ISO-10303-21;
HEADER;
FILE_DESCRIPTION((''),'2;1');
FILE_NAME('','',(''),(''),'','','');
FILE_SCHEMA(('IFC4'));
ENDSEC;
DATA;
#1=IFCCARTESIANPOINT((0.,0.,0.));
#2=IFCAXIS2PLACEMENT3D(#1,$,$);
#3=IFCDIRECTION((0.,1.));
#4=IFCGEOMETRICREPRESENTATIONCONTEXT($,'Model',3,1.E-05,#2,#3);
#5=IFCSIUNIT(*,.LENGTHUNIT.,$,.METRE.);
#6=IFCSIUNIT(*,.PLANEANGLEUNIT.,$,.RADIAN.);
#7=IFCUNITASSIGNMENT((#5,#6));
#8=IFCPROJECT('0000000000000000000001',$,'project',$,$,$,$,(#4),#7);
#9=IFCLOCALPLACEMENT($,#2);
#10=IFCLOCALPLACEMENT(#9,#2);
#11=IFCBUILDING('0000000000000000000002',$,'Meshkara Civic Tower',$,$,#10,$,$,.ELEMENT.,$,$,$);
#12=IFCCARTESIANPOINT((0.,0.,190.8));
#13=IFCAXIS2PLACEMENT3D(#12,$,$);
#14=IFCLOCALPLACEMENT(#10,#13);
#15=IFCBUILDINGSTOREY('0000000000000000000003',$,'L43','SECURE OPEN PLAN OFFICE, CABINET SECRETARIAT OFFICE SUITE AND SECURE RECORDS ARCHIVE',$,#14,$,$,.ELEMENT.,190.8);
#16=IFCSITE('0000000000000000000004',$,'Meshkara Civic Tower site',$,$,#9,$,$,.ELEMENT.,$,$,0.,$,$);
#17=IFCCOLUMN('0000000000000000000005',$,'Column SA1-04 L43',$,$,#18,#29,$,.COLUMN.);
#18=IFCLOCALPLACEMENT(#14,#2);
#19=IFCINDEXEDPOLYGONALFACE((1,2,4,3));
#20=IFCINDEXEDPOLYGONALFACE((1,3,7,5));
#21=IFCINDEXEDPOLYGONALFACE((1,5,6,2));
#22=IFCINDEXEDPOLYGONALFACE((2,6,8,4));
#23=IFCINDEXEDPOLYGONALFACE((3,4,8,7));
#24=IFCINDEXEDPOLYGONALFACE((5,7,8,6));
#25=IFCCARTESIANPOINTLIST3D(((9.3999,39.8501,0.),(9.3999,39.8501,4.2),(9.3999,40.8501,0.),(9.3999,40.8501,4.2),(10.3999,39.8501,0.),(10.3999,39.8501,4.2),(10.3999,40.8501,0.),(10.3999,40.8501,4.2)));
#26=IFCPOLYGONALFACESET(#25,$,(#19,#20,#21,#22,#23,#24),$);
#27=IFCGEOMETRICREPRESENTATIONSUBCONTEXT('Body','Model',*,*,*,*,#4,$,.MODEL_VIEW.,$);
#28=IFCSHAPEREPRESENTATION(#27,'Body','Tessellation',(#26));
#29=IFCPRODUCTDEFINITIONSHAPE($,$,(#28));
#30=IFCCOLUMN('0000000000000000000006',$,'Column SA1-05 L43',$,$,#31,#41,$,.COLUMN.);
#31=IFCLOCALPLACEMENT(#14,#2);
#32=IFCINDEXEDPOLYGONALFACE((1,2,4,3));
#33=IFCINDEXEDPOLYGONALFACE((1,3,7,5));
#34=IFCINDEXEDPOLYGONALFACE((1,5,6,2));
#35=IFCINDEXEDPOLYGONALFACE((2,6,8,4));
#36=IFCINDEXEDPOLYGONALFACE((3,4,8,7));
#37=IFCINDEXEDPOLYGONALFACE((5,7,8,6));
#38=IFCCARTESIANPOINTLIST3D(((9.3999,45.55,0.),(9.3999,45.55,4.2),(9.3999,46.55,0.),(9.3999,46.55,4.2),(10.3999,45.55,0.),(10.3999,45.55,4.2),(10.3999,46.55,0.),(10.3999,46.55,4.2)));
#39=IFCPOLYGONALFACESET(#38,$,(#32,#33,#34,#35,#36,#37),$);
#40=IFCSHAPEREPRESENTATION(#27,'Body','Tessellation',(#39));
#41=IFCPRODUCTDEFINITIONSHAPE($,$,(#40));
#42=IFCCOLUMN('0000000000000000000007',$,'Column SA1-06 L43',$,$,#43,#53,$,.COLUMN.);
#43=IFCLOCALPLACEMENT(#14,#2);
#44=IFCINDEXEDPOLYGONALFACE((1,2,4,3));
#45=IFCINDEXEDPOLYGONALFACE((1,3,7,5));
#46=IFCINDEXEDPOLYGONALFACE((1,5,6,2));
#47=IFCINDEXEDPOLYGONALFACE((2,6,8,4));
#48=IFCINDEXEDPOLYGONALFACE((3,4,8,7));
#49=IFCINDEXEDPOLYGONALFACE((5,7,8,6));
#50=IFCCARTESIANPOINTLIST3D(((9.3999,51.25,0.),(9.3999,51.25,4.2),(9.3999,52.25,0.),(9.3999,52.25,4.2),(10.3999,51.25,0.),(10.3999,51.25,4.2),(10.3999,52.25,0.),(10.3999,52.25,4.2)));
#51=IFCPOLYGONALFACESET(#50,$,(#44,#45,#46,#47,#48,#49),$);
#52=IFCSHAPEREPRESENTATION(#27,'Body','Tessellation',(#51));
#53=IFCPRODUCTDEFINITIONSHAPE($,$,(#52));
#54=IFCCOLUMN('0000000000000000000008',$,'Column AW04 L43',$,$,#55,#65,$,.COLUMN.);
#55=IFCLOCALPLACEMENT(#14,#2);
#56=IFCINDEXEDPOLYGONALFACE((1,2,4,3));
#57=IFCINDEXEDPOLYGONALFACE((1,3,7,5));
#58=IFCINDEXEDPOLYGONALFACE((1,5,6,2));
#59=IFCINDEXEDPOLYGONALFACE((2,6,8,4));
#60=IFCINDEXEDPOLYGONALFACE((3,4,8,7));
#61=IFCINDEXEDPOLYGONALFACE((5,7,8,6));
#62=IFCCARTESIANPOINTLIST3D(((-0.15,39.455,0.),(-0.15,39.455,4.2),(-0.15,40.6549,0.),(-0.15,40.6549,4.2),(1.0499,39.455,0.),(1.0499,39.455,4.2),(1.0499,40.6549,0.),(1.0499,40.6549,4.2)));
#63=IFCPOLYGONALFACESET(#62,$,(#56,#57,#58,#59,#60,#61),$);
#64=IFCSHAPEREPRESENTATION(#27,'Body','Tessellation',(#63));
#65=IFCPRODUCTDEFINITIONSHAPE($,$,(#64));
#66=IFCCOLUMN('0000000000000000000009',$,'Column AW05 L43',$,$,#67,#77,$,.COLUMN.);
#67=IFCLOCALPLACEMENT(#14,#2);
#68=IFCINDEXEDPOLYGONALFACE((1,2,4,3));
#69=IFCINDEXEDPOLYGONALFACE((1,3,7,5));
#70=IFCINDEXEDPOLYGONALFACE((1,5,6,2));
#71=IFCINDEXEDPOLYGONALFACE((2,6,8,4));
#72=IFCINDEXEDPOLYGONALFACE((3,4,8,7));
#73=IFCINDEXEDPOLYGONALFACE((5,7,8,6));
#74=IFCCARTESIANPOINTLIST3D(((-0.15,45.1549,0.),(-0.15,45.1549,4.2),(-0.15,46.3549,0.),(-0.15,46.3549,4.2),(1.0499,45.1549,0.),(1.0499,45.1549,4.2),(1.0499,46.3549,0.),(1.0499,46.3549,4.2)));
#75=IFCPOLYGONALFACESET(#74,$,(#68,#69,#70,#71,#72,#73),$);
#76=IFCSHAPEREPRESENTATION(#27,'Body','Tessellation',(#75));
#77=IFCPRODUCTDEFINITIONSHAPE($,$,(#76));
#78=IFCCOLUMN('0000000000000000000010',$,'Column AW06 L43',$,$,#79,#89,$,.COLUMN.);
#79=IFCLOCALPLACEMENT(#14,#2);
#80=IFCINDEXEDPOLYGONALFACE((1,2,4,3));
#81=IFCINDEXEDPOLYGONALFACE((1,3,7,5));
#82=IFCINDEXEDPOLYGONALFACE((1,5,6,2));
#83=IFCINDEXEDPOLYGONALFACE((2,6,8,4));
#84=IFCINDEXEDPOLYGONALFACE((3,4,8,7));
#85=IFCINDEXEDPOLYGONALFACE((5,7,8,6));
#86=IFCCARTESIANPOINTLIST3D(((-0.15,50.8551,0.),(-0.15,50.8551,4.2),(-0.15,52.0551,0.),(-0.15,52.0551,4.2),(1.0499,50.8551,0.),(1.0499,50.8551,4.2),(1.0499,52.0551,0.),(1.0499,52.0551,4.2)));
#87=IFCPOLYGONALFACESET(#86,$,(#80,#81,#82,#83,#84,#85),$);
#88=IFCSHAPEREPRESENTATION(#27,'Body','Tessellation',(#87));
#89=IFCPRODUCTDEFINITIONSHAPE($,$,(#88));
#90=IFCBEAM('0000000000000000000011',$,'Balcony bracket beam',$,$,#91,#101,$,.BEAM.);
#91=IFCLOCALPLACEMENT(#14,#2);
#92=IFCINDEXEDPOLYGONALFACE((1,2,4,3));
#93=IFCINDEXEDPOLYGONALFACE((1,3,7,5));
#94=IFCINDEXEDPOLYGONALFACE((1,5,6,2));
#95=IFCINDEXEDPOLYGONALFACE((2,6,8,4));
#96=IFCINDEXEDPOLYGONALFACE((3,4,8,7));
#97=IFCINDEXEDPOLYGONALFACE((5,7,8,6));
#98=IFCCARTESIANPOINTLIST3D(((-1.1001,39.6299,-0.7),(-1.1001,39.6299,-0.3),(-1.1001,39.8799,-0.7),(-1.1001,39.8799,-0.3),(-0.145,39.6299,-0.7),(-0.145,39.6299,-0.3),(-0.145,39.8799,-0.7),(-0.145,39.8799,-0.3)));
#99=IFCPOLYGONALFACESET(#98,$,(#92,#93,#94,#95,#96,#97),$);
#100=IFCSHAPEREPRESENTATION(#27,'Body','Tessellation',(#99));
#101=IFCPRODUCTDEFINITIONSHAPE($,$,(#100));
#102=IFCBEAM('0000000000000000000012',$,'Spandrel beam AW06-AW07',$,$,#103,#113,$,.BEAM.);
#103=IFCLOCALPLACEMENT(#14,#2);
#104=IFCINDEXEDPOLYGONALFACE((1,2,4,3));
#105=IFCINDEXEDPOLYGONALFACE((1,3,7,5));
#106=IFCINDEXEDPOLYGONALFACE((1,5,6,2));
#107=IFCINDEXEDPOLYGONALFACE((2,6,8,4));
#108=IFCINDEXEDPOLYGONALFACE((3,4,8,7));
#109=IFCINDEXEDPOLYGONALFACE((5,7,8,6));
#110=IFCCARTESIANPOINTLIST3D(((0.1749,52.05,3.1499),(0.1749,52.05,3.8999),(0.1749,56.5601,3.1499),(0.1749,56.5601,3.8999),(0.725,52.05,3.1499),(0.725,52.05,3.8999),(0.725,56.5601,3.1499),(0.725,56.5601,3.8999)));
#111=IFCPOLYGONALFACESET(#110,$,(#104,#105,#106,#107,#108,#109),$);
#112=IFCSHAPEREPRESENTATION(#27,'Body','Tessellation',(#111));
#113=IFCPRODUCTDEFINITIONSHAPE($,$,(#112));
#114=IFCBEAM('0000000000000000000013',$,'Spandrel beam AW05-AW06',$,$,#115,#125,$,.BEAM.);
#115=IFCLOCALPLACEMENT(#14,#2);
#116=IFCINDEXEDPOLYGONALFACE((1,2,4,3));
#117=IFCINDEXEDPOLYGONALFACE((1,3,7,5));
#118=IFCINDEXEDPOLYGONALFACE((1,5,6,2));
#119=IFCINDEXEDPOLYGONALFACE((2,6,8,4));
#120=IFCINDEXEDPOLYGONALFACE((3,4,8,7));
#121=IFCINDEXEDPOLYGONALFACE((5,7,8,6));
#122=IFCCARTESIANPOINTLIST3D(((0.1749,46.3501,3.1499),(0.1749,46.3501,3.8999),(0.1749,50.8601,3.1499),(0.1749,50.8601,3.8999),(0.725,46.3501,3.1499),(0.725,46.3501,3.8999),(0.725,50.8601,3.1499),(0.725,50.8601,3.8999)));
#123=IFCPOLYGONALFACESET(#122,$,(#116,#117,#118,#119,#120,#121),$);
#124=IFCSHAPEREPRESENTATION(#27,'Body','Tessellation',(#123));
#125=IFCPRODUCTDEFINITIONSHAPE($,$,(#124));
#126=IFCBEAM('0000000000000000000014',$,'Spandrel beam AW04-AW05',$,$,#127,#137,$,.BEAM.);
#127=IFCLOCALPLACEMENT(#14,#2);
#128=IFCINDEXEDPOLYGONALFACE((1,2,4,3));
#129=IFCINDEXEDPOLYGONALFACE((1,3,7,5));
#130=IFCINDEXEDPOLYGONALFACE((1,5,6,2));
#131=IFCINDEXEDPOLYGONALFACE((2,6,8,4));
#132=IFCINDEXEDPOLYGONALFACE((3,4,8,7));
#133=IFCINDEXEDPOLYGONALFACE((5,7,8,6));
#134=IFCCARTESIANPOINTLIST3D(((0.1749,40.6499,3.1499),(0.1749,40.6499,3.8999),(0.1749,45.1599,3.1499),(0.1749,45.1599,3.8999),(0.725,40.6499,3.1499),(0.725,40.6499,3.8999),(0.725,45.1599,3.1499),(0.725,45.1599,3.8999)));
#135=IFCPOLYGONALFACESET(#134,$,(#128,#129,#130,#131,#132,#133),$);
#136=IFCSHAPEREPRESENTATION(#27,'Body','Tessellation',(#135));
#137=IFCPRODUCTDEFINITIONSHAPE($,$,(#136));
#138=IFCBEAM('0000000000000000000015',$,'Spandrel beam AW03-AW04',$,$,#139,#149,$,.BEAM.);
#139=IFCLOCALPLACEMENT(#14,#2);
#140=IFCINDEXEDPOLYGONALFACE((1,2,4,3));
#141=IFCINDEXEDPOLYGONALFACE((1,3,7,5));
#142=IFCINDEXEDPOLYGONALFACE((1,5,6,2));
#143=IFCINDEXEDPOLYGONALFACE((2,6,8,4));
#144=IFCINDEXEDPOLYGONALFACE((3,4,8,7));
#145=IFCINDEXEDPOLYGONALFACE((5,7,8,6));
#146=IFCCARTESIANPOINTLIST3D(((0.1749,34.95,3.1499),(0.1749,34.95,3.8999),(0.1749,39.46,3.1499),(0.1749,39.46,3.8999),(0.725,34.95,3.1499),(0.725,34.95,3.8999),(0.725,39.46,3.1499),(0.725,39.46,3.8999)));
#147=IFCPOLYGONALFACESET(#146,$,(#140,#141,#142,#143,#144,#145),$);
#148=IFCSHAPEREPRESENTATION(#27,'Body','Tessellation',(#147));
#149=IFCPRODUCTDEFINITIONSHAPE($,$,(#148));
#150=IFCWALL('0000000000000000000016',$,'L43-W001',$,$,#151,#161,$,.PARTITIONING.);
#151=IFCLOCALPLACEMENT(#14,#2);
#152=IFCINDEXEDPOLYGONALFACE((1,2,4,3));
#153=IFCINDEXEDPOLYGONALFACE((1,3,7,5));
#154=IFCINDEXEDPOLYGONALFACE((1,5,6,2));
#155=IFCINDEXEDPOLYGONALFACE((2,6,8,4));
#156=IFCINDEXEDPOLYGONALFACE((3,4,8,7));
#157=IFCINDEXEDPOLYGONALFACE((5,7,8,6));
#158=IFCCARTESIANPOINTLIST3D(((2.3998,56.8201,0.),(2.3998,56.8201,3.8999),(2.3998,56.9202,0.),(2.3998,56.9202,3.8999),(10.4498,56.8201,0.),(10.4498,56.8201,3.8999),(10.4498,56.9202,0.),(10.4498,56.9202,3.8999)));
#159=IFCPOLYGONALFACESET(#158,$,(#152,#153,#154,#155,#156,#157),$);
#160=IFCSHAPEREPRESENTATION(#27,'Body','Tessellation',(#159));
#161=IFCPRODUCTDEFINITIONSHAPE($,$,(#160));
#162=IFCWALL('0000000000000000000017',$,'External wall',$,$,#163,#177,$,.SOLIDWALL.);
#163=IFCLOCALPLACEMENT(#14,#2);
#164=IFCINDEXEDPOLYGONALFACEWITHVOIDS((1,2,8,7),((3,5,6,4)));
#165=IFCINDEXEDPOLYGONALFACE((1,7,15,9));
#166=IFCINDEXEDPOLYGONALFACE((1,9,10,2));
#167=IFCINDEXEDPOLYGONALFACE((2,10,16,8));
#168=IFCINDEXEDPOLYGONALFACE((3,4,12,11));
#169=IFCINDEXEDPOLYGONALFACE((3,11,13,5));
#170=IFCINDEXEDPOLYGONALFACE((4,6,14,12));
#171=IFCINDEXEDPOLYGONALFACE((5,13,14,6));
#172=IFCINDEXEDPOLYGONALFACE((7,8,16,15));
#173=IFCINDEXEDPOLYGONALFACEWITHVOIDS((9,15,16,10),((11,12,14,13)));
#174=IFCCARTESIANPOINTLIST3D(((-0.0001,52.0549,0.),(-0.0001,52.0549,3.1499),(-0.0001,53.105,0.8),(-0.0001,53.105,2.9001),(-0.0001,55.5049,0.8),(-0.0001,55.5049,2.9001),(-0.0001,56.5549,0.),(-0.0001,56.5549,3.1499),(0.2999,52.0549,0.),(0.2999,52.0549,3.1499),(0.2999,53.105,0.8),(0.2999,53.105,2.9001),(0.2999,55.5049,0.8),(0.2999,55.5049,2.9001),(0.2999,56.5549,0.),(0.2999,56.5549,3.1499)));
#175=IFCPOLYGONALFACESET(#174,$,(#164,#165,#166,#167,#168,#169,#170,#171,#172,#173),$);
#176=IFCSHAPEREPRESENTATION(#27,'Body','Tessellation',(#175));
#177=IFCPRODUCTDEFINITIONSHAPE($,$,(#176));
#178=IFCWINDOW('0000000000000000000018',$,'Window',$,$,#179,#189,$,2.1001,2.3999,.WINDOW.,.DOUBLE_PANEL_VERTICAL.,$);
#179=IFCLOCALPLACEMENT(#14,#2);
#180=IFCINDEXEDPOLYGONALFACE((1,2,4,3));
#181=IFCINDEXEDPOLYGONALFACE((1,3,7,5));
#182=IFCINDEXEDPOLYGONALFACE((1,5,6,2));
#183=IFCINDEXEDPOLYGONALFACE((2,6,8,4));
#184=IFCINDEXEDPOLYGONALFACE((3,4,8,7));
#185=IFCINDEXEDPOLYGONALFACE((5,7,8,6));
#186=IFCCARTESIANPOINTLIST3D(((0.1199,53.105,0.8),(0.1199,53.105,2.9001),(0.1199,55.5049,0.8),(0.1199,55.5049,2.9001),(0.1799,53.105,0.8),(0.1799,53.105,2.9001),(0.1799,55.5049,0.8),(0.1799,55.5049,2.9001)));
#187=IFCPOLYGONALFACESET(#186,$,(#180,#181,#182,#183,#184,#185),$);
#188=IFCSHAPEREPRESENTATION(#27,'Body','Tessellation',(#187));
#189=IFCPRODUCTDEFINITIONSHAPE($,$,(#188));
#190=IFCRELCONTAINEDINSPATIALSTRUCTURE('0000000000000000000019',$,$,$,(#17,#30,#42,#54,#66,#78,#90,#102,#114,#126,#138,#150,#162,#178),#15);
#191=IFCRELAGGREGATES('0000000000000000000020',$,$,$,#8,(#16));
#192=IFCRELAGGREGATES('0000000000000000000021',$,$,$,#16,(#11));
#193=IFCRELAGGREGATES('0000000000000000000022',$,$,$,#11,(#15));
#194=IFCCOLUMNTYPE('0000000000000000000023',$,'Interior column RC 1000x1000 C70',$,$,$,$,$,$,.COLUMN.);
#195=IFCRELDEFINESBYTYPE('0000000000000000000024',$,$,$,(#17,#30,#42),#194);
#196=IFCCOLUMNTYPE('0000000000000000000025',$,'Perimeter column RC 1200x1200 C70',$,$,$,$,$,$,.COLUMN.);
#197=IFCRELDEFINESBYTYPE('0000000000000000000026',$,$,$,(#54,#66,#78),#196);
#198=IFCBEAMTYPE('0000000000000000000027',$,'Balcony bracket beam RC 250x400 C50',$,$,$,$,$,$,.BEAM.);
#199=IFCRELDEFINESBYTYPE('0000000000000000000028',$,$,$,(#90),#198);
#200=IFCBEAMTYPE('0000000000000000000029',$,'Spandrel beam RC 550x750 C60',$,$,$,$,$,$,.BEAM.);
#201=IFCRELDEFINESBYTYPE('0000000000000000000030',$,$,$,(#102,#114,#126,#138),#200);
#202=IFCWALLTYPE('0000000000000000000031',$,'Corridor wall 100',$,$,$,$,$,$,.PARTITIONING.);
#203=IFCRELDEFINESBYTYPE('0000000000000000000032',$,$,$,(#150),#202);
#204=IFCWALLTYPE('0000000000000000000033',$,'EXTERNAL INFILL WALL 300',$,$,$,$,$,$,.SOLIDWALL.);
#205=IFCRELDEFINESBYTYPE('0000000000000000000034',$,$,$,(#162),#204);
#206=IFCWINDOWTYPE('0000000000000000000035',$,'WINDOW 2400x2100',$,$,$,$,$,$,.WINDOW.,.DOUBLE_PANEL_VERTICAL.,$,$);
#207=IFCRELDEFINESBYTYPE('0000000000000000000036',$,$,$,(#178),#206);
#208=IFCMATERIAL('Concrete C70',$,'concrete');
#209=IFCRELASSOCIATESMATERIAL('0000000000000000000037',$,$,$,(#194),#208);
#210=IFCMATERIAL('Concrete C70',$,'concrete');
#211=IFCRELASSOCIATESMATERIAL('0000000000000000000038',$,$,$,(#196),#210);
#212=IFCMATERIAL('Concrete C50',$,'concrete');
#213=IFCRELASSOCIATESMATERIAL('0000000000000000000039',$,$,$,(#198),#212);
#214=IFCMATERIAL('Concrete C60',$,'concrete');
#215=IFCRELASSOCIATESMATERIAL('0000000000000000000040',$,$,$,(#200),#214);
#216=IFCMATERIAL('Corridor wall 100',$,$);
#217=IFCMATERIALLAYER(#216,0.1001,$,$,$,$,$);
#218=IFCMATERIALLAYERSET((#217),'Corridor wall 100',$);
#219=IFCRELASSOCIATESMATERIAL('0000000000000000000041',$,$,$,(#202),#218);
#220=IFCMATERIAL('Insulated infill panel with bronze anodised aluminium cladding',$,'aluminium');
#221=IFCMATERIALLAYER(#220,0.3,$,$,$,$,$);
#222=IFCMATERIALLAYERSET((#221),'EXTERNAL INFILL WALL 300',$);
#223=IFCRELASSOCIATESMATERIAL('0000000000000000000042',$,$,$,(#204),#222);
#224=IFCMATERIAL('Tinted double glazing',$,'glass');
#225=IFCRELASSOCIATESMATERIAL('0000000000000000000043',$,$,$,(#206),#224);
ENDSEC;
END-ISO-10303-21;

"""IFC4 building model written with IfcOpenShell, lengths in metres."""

from ifc_helpers import new_model, si_unit, direction, frame, frame_2d, origin, origin_2d, place, context, subcontext, project, spatial, rectangle, extrude, material, layer, layer_set, material_profile, profile_set, type_object, element, fill, save


model = new_model("IFC4")

# Units and contexts
model_context = context("Model", 3, precision=1e-05, world=origin(), true_north=direction((0.0, 1.0)))
body_context = subcontext(model_context, "Body", "Model", "MODEL_VIEW")
ifc_project = project(units=[si_unit("LENGTHUNIT", "METRE"), si_unit("PLANEANGLEUNIT", "RADIAN")], contexts=[model_context])

# Site, building, storey
site_placement = place(None, origin())
site = spatial("IfcSite", under=ifc_project, at=site_placement, Name="Meshkara Civic Tower site", CompositionType="ELEMENT", RefElevation=0.0)
building_placement = place(site_placement, origin())
building = spatial("IfcBuilding", under=site, at=building_placement, Name="Meshkara Civic Tower", CompositionType="ELEMENT")
storey_placement = place(building_placement, frame((0.0, 0.0, 190.8)))
storey = spatial("IfcBuildingStorey", under=building, at=storey_placement, Name="L43", Description="SECURE OPEN PLAN OFFICE, CABINET SECRETARIAT OFFICE SUITE AND SECURE RECORDS ARCHIVE", CompositionType="ELEMENT", Elevation=190.8)

# Columns
ifc_material_1 = material(Name="Concrete C70", Category="concrete")
ifc_material_profile_1 = material_profile(ifc_material_1, rectangle(XDim=1.0, YDim=1.0, at=origin_2d()))
ifc_profile_set_1 = profile_set([ifc_material_profile_1], Name="Concrete C70")
column_type_1 = type_object("IfcColumnType", Name="Interior column RC 1000x1000 C70", PredefinedType="COLUMN", material=ifc_profile_set_1)
for number, where, z_axis, x_axis, name in (
    (1, (9.8999, 40.3501, 0.0), (0.0, 0.0, 1.0), (1.0, 0.0, 0.0), "Column SA1-04 L43"),
    (2, (9.8999, 46.05, 0.0), (0.0, 0.0, 1.0), (1.0, 0.0, 0.0), "Column SA1-05 L43"),
    (3, (9.8999, 51.75, 0.0), (0.0, 0.0, 1.0), (1.0, 0.0, 0.0), "Column SA1-06 L43"),
):
    element("IfcColumn", number, at=place(storey_placement, frame(where, z_axis=z_axis, x_axis=x_axis)), inside=storey, type_object=column_type_1, Name=name, PredefinedType="COLUMN", context=body_context, shape_type="SweptSolid", body=[
        extrude(rectangle(XDim=1.0, YDim=1.0, at=origin_2d()), origin(), (0.0, 0.0, 1.0), 4.2),
    ])
ifc_material_2 = material(Name="Concrete C70", Category="concrete")
ifc_material_profile_2 = material_profile(ifc_material_2, rectangle(XDim=1.2, YDim=1.2, at=origin_2d()))
ifc_profile_set_2 = profile_set([ifc_material_profile_2], Name="Concrete C70")
column_type_2 = type_object("IfcColumnType", Name="Perimeter column RC 1200x1200 C70", PredefinedType="COLUMN", material=ifc_profile_set_2)
for number, where, z_axis, x_axis, name in (
    (4, (0.45, 40.0549, 0.0), (0.0, 0.0, 1.0), (1.0, 0.0, 0.0), "Column AW04 L43"),
    (5, (0.45, 45.7549, 0.0), (0.0, 0.0, 1.0), (1.0, 0.0, 0.0), "Column AW05 L43"),
    (6, (0.45, 51.4551, 0.0), (0.0, 0.0, 1.0), (1.0, 0.0, 0.0), "Column AW06 L43"),
):
    element("IfcColumn", number, at=place(storey_placement, frame(where, z_axis=z_axis, x_axis=x_axis)), inside=storey, type_object=column_type_2, Name=name, PredefinedType="COLUMN", context=body_context, shape_type="SweptSolid", body=[
        extrude(rectangle(XDim=1.2, YDim=1.2, at=origin_2d()), origin(), (0.0, 0.0, 1.0), 4.2),
    ])

# Beams
ifc_material_3 = material(Name="Concrete C50", Category="concrete")
ifc_material_profile_3 = material_profile(ifc_material_3, rectangle(XDim=0.25, YDim=0.3999, at=origin_2d()))
ifc_profile_set_3 = profile_set([ifc_material_profile_3], Name="Concrete C50")
beam_type_1 = type_object("IfcBeamType", Name="Balcony bracket beam RC 250x400 C50", PredefinedType="BEAM", material=ifc_profile_set_3)
beam_placement = place(storey_placement, frame((-0.145, 39.7549, -0.5), z_axis=(-1.0, 0.0, 0.0), x_axis=(0.0, -1.0, 0.0)))
element("IfcBeam", 7, at=beam_placement, inside=storey, type_object=beam_type_1, Name="Balcony bracket beam", PredefinedType="BEAM", context=body_context, shape_type="SweptSolid", body=[
    extrude(rectangle(XDim=0.25, YDim=0.3999, at=origin_2d()), origin(), (0.0, 0.0, 1.0), 0.9551),
])
ifc_material_4 = material(Name="Concrete C60", Category="concrete")
ifc_material_profile_4 = material_profile(ifc_material_4, rectangle(XDim=0.55, YDim=0.75, at=origin_2d()))
ifc_profile_set_4 = profile_set([ifc_material_profile_4], Name="Concrete C60")
beam_type_2 = type_object("IfcBeamType", Name="Spandrel beam RC 550x750 C60", PredefinedType="BEAM", material=ifc_profile_set_4)
for number, where, z_axis, x_axis, name in (
    (8, (0.45, 56.5601, 3.5249), (0.0, -1.0, 0.0), (1.0, 0.0, 0.0), "Spandrel beam AW06-AW07"),
    (9, (0.45, 50.8601, 3.5249), (0.0, -1.0, 0.0), (1.0, 0.0, 0.0), "Spandrel beam AW05-AW06"),
    (10, (0.45, 45.1599, 3.5249), (0.0, -1.0, 0.0), (1.0, 0.0, 0.0), "Spandrel beam AW04-AW05"),
    (11, (0.45, 39.46, 3.5249), (0.0, -1.0, 0.0), (1.0, 0.0, 0.0), "Spandrel beam AW03-AW04"),
):
    element("IfcBeam", number, at=place(storey_placement, frame(where, z_axis=z_axis, x_axis=x_axis)), inside=storey, type_object=beam_type_2, Name=name, PredefinedType="BEAM", context=body_context, shape_type="SweptSolid", body=[
        extrude(rectangle(XDim=0.55, YDim=0.75, at=origin_2d()), origin(), (0.0, 0.0, 1.0), 4.51),
    ])

# Wall
ifc_material_5 = material(Name="Corridor wall 100")
ifc_layer_1 = layer(ifc_material_5, 0.1001)
ifc_layer_set_1 = layer_set([ifc_layer_1], Name="Corridor wall 100")
wall_type_1 = type_object("IfcWallType", Name="Corridor wall 100", PredefinedType="PARTITIONING", material=ifc_layer_set_1)
wall_1_placement = place(storey_placement, frame((2.3999, 56.8701, 0.0), z_axis=(0.0, 0.0, 1.0), x_axis=(1.0, 0.0, 0.0)))
element("IfcWall", 12, at=wall_1_placement, inside=storey, type_object=wall_type_1, Name="L43-W001", PredefinedType="PARTITIONING", context=body_context, shape_type="SweptSolid", body=[
    extrude(rectangle(XDim=8.05, YDim=0.1001, at=frame_2d((4.0249, 0.0))), origin(), (0.0, 0.0, 1.0), 3.8999),
])

# Wall, opening, window
ifc_material_6 = material(Name="Insulated infill panel with bronze anodised aluminium cladding", Category="aluminium")
ifc_layer_2 = layer(ifc_material_6, 0.3)
ifc_layer_set_2 = layer_set([ifc_layer_2], Name="EXTERNAL INFILL WALL 300")
wall_type_2 = type_object("IfcWallType", Name="EXTERNAL INFILL WALL 300", PredefinedType="SOLIDWALL", material=ifc_layer_set_2)
wall_2_placement = place(storey_placement, frame((0.1499, 56.5549, 0.0), z_axis=(0.0, 0.0, 1.0), x_axis=(0.0, -1.0, 0.0)))
wall_2 = element("IfcWall", 13, at=wall_2_placement, inside=storey, type_object=wall_type_2, Name="External wall", PredefinedType="SOLIDWALL", context=body_context, shape_type="SweptSolid", body=[
    extrude(rectangle(XDim=4.5, YDim=0.3, at=frame_2d((2.25, 0.0))), origin(), (0.0, 0.0, 1.0), 3.1499),
])
opening_1_placement = place(wall_2_placement, frame((1.05, 0.0, 0.8)))
opening_1 = element("IfcOpeningElement", 14, at=opening_1_placement, cuts=wall_2, PredefinedType="OPENING", context=body_context, shape_type="SweptSolid", body=[
    extrude(rectangle(XDim=2.3999, YDim=2.1001, at=frame_2d((1.2, 1.05))), frame((0.0, 0.1599, 0.0), z_axis=(0.0, -1.0, 0.0), x_axis=(1.0, 0.0, 0.0)), (0.0, 0.0, 1.0), 0.3201),
])
ifc_material_7 = material(Name="Tinted double glazing", Category="glass")
window_type = type_object("IfcWindowType", Name="WINDOW 2400x2100", PartitioningType="DOUBLE_PANEL_VERTICAL", PredefinedType="WINDOW", material=ifc_material_7)
window_1_placement = place(opening_1_placement, origin())
window_1 = element("IfcWindow", 15, at=window_1_placement, inside=storey, type_object=window_type, Name="Window", OverallHeight=2.1001, OverallWidth=2.3999, PartitioningType="DOUBLE_PANEL_VERTICAL", PredefinedType="WINDOW", context=body_context, shape_type="SweptSolid", body=[
    extrude(rectangle(XDim=2.3999, YDim=2.1001, at=frame_2d((1.2, 1.05))), frame((0.0, 0.03, 0.0), z_axis=(0.0, -1.0, 0.0), x_axis=(1.0, 0.0, 0.0)), (0.0, 0.0, 1.0), 0.0601),
])
fill(opening_1, window_1)

save(model, "model.ifc")
